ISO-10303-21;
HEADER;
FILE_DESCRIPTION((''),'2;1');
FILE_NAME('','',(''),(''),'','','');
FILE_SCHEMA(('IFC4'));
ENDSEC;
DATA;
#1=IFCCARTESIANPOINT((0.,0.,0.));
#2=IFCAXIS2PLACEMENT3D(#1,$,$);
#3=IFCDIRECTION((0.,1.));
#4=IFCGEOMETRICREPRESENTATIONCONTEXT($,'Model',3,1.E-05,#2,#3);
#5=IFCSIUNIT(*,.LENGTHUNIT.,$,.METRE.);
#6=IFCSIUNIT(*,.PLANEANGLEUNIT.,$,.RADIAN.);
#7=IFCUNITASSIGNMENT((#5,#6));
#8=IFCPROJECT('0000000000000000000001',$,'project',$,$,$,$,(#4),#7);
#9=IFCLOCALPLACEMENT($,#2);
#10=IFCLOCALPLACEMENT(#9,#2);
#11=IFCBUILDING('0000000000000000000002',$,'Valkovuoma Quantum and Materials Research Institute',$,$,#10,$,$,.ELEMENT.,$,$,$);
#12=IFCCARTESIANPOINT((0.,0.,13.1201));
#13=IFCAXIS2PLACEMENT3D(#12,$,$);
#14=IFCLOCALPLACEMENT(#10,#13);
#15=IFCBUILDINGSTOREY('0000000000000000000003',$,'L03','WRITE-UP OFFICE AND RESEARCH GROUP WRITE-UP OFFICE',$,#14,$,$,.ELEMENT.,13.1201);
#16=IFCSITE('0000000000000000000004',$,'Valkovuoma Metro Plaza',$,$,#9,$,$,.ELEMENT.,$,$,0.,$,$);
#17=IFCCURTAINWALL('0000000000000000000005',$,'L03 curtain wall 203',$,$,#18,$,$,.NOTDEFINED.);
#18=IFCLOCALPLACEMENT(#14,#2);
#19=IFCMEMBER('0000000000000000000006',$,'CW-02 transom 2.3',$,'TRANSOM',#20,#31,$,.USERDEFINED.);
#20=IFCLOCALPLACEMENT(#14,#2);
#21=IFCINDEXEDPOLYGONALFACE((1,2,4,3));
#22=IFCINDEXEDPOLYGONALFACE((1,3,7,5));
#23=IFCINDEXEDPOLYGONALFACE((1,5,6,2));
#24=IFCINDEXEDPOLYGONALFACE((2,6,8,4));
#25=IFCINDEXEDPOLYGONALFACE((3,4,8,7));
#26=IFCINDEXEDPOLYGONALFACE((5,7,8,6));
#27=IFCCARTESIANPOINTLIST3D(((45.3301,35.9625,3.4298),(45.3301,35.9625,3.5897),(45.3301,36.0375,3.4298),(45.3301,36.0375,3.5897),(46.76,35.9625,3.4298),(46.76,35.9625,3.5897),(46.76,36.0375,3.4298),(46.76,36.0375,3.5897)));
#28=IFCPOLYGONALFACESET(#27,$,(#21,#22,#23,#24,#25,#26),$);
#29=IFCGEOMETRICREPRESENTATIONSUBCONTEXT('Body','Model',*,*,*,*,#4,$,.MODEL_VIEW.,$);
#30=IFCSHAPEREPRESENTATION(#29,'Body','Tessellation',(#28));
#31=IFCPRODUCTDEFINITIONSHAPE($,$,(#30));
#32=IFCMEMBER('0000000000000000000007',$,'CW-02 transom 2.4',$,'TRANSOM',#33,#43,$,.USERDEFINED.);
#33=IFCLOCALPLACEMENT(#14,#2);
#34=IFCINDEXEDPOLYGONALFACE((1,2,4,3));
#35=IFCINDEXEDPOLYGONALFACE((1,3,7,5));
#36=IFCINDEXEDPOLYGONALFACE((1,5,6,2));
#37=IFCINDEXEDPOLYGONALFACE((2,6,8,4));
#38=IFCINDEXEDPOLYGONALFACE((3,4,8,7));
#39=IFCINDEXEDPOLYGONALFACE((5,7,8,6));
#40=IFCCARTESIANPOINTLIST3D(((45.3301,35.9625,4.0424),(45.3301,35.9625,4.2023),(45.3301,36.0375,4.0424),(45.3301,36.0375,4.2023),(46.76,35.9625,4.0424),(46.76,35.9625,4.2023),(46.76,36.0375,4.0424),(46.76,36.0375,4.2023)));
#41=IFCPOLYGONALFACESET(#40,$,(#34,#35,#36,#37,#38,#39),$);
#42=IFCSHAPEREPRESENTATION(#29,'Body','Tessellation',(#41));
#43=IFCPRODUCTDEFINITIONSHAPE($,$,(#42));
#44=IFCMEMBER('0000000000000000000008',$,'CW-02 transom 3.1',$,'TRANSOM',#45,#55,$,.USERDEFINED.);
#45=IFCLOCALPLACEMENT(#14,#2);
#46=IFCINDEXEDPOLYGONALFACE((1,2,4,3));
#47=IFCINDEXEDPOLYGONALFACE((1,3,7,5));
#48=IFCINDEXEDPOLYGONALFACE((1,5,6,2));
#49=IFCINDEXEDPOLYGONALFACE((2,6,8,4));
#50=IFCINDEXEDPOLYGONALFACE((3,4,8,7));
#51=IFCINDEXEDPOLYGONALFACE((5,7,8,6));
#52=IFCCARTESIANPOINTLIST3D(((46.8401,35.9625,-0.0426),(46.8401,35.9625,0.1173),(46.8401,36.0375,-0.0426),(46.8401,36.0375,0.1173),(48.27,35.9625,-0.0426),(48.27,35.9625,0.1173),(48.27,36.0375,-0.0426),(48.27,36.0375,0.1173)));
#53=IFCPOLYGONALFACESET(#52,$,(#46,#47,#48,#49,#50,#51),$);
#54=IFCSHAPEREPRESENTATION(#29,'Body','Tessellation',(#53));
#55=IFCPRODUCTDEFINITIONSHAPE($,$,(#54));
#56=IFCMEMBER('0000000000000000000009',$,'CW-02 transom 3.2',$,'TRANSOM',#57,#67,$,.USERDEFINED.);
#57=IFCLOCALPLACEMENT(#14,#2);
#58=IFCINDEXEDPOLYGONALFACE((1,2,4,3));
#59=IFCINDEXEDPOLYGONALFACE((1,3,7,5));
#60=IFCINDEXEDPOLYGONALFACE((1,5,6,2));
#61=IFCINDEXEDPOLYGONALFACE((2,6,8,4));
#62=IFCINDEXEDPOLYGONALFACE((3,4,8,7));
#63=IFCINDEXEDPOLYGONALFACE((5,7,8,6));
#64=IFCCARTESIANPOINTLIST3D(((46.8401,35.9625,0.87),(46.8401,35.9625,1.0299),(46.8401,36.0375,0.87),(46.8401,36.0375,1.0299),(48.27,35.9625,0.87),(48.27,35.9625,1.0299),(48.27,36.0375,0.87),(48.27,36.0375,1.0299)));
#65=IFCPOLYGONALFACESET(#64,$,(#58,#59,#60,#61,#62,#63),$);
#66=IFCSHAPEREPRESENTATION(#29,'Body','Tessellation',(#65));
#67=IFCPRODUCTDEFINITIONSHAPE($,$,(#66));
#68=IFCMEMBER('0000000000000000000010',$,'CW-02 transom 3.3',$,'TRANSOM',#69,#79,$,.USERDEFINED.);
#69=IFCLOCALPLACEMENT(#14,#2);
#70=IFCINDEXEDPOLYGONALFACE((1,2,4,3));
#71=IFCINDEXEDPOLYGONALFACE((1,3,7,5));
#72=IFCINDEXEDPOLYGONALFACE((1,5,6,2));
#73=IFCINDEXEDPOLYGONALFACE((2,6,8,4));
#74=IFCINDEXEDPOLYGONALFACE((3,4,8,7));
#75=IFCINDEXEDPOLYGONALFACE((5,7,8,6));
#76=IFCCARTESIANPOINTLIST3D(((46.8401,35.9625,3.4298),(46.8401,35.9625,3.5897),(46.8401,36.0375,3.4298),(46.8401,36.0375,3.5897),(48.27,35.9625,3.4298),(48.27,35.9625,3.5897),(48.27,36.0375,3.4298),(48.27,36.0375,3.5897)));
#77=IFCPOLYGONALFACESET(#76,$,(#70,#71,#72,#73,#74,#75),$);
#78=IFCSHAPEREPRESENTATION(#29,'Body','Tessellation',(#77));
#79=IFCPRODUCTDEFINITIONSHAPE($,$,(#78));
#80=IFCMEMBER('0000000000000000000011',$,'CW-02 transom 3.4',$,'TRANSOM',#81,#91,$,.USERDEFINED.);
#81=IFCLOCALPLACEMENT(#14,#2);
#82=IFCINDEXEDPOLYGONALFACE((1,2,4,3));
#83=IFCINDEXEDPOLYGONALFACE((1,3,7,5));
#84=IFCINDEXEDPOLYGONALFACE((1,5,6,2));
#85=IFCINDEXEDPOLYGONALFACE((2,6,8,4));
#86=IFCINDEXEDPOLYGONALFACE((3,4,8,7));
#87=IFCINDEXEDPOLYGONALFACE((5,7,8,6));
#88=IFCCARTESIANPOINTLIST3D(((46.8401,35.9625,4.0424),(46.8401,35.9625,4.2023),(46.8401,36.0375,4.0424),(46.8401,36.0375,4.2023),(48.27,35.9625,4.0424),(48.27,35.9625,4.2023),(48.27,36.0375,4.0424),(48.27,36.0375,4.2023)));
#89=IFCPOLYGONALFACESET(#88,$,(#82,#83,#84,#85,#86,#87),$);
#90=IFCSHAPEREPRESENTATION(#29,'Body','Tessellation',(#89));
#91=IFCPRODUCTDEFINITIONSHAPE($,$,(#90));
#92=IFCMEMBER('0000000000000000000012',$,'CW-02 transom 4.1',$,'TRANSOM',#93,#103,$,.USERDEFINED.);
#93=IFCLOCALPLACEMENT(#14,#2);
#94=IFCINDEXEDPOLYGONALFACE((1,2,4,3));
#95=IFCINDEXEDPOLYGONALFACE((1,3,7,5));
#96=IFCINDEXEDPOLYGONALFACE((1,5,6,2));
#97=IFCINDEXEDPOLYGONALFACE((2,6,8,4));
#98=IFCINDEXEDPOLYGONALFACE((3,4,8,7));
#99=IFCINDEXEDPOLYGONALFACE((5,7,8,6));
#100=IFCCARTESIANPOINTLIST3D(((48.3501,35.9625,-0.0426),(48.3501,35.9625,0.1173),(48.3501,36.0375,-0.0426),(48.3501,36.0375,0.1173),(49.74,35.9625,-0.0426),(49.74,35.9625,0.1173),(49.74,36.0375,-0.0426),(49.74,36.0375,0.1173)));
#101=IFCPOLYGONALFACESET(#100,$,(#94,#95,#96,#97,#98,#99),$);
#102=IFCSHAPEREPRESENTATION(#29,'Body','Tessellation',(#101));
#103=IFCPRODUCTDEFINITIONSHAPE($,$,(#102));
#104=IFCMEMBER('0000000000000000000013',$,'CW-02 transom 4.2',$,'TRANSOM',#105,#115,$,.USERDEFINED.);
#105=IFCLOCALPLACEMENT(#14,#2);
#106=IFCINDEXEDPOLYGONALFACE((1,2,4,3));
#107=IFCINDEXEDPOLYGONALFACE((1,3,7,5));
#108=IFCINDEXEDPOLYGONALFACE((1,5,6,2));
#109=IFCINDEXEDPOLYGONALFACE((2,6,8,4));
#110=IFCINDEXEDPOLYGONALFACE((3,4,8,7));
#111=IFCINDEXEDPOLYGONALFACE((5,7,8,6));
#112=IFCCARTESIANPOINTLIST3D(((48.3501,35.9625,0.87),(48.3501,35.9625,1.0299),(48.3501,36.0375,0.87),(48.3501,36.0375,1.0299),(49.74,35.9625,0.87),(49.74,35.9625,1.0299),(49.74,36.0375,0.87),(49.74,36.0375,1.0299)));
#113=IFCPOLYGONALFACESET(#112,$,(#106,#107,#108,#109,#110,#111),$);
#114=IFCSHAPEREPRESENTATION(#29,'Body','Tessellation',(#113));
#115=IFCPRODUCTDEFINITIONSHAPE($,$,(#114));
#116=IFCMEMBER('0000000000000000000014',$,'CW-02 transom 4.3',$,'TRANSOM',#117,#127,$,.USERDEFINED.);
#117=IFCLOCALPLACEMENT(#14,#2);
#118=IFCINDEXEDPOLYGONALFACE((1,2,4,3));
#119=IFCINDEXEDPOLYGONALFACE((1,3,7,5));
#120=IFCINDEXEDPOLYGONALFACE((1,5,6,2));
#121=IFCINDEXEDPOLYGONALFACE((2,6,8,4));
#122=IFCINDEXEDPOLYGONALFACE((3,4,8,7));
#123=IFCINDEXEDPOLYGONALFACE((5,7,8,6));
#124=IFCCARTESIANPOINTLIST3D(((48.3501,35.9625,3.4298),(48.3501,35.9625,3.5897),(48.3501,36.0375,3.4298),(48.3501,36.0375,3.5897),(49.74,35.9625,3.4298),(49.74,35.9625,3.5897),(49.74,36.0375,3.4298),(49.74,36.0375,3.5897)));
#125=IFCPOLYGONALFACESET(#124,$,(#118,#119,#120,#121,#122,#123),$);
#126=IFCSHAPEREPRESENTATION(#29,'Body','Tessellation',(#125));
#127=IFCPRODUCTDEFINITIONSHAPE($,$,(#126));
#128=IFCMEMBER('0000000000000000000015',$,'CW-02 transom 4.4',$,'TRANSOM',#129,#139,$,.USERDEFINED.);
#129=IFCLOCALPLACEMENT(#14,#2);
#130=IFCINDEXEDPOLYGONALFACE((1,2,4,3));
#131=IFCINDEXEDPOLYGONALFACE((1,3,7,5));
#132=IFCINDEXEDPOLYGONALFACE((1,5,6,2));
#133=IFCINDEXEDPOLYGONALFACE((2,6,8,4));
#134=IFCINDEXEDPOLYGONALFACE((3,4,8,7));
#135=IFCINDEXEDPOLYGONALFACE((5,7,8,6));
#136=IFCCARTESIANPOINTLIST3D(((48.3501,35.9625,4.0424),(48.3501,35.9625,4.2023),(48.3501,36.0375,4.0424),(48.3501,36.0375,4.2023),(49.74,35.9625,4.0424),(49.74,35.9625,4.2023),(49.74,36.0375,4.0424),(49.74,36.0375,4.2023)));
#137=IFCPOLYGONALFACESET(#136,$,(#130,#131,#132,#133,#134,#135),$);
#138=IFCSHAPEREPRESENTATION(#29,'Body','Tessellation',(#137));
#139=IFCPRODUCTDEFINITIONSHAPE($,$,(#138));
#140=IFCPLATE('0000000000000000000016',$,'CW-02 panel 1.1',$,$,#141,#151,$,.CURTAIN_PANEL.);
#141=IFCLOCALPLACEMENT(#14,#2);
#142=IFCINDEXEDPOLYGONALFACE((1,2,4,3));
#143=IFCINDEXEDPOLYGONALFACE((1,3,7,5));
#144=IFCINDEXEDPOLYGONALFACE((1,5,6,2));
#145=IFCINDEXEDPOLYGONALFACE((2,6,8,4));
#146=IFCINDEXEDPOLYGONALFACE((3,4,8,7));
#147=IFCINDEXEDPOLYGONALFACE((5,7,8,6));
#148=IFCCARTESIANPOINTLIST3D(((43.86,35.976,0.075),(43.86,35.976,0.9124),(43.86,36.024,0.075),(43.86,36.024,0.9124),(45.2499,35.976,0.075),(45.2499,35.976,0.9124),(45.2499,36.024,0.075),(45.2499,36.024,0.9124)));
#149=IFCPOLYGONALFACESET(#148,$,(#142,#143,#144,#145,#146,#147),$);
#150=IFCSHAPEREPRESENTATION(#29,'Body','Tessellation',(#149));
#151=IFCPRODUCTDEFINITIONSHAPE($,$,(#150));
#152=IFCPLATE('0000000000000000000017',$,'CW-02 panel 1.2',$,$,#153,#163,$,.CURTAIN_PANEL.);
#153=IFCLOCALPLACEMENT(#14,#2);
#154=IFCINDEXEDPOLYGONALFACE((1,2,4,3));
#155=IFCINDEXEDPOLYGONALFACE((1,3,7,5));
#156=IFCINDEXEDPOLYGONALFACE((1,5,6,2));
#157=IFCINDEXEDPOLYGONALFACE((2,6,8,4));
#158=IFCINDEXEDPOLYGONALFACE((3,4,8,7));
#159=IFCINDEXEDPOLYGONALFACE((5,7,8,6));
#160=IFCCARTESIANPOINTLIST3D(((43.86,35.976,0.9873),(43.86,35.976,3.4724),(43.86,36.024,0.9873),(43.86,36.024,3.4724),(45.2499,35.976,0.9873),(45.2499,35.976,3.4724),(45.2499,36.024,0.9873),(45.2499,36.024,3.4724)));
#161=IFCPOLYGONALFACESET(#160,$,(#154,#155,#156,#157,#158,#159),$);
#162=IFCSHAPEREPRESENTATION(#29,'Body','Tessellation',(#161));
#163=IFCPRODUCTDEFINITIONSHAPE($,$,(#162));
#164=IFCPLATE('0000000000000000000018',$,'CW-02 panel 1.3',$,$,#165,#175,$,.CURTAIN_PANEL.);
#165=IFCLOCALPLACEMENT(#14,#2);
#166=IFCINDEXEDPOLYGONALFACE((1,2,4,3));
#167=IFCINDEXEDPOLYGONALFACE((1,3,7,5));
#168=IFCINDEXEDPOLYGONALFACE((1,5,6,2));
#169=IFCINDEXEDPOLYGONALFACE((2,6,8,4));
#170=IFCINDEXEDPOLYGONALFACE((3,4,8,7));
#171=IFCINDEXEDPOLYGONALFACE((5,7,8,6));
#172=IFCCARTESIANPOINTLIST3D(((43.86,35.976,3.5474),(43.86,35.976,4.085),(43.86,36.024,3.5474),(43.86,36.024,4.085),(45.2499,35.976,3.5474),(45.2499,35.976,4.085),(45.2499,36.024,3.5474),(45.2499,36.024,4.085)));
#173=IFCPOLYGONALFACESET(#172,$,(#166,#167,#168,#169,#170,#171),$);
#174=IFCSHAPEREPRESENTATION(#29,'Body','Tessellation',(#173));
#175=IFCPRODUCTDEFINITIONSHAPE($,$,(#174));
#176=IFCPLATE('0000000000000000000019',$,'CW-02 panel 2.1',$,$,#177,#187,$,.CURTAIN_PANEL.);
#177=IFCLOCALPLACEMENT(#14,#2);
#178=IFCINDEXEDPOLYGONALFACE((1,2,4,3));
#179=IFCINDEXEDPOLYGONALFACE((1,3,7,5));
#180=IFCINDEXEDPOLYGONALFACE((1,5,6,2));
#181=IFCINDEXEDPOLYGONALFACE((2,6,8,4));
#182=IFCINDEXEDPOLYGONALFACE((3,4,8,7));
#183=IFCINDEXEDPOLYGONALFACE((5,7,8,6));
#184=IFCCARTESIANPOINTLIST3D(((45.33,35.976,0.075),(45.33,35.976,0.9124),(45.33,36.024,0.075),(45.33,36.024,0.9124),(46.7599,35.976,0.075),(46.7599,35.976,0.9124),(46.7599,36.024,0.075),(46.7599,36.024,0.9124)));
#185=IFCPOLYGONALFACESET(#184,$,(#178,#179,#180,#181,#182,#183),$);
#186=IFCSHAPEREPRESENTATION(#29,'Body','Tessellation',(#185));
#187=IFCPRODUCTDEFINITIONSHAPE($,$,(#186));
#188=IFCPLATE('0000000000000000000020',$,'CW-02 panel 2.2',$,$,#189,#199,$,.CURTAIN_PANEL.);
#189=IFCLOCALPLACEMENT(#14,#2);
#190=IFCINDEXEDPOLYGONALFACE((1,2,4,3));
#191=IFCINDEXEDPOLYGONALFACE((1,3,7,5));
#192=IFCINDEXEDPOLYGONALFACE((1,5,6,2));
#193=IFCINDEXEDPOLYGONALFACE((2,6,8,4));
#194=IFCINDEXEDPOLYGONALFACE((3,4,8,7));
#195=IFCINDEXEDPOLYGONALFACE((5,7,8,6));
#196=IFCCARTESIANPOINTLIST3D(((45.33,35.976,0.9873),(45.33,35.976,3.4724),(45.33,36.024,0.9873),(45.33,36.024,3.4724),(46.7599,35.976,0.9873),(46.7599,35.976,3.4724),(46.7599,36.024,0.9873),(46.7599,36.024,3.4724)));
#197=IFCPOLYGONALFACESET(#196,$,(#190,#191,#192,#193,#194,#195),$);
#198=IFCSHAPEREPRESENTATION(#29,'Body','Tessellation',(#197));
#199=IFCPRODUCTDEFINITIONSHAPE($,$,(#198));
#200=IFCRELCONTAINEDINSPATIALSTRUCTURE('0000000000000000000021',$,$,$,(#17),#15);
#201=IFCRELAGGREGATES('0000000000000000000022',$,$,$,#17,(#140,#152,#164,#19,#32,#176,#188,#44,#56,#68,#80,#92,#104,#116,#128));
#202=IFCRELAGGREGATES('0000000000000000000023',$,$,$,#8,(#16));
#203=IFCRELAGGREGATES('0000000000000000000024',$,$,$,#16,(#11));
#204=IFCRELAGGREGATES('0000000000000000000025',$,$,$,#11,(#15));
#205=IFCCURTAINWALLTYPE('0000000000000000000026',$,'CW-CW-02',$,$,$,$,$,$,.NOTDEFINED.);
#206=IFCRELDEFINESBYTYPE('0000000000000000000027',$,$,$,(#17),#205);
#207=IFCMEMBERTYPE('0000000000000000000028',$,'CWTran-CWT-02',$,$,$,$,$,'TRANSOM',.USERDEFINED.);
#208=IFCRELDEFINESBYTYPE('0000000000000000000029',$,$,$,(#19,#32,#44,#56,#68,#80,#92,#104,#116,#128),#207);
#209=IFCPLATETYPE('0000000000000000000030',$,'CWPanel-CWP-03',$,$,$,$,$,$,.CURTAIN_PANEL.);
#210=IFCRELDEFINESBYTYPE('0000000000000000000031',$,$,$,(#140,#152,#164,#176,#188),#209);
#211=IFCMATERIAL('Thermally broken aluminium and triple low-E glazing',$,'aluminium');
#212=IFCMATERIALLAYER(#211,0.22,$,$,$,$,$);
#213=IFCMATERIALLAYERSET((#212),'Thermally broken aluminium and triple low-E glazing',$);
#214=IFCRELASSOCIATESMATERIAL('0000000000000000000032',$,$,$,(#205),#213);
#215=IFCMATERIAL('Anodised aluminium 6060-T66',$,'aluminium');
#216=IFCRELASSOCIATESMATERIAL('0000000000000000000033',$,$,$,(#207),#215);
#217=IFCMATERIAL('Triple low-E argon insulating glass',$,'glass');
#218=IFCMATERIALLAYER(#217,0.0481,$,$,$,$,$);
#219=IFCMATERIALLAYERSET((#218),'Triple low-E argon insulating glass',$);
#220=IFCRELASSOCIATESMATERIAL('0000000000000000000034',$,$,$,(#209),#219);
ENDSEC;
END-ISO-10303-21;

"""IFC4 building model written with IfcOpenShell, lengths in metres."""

from ifc_helpers import new_model, si_unit, direction, frame, origin, origin_2d, place, context, subcontext, project, spatial, rectangle, extrude, material, layer, layer_set, material_profile, profile_set, type_object, element, aggregate, save


model = new_model("IFC4")

# Units and contexts
model_context = context("Model", 3, precision=1e-05, world=origin(), true_north=direction((0.0, 1.0)))
body_context = subcontext(model_context, "Body", "Model", "MODEL_VIEW")
ifc_project = project(units=[si_unit("LENGTHUNIT", "METRE"), si_unit("PLANEANGLEUNIT", "RADIAN")], contexts=[model_context])

# Site, building, storey
site_placement = place(None, origin())
site = spatial("IfcSite", under=ifc_project, at=site_placement, Name="Valkovuoma Metro Plaza", CompositionType="ELEMENT", RefElevation=0.0)
building_placement = place(site_placement, origin())
building = spatial("IfcBuilding", under=site, at=building_placement, Name="Valkovuoma Quantum and Materials Research Institute", CompositionType="ELEMENT")
storey_placement = place(building_placement, frame((0.0, 0.0, 13.1201)))
storey = spatial("IfcBuildingStorey", under=building, at=storey_placement, Name="L03", Description="WRITE-UP OFFICE AND RESEARCH GROUP WRITE-UP OFFICE", CompositionType="ELEMENT", Elevation=13.1201)

# Curtain wall, members, plates
ifc_material_1 = material(Name="Thermally broken aluminium and triple low-E glazing", Category="aluminium")
ifc_layer_1 = layer(ifc_material_1, 0.22)
ifc_layer_set_1 = layer_set([ifc_layer_1], Name="Thermally broken aluminium and triple low-E glazing")
curtain_wall_type = type_object("IfcCurtainWallType", Name="CW-CW-02", PredefinedType="NOTDEFINED", material=ifc_layer_set_1)
curtain_wall_placement = place(storey_placement, origin())
curtain_wall = element("IfcCurtainWall", 1, at=curtain_wall_placement, inside=storey, type_object=curtain_wall_type, Name="L03 curtain wall 203", PredefinedType="NOTDEFINED")
ifc_material_2 = material(Name="Anodised aluminium 6060-T66", Category="aluminium")
ifc_material_profile_1 = material_profile(ifc_material_2, rectangle(XDim=0.075, YDim=0.1599, at=origin_2d()), Name="Anodised aluminium 6060-T66")
ifc_profile_set_1 = profile_set([ifc_material_profile_1], Name="Anodised aluminium 6060-T66")
member_type_1 = type_object("IfcMemberType", Name="CWTran-CWT-02", ElementType="TRANSOM", PredefinedType="USERDEFINED", material=ifc_profile_set_1)
member_1_placement = place(storey_placement, frame((45.3301, 36.0, 3.5098), z_axis=(1.0, 0.0, 0.0), x_axis=(0.0, 1.0, 0.0)))
member_1 = element("IfcMember", 2, at=member_1_placement, type_object=member_type_1, Name="CW-02 transom 2.3", ObjectType="TRANSOM", PredefinedType="USERDEFINED", context=body_context, shape_type="SweptSolid", body=[
    extrude(rectangle(XDim=0.075, YDim=0.1599, at=origin_2d()), origin(), (0.0, 0.0, 1.0), 1.4299),
])
member_2_placement = place(storey_placement, frame((45.3301, 36.0, 4.1223), z_axis=(1.0, 0.0, 0.0), x_axis=(0.0, 1.0, 0.0)))
member_2 = element("IfcMember", 3, at=member_2_placement, type_object=member_type_1, Name="CW-02 transom 2.4", ObjectType="TRANSOM", PredefinedType="USERDEFINED", context=body_context, shape_type="SweptSolid", body=[
    extrude(rectangle(XDim=0.075, YDim=0.1599, at=origin_2d()), origin(), (0.0, 0.0, 1.0), 1.4299),
])
member_3_placement = place(storey_placement, frame((46.8401, 36.0, 0.0374), z_axis=(1.0, 0.0, 0.0), x_axis=(0.0, 1.0, 0.0)))
member_3 = element("IfcMember", 4, at=member_3_placement, type_object=member_type_1, Name="CW-02 transom 3.1", ObjectType="TRANSOM", PredefinedType="USERDEFINED", context=body_context, shape_type="SweptSolid", body=[
    extrude(rectangle(XDim=0.075, YDim=0.1599, at=origin_2d()), origin(), (0.0, 0.0, 1.0), 1.4299),
])
member_4_placement = place(storey_placement, frame((46.8401, 36.0, 0.95), z_axis=(1.0, 0.0, 0.0), x_axis=(0.0, 1.0, 0.0)))
member_4 = element("IfcMember", 5, at=member_4_placement, type_object=member_type_1, Name="CW-02 transom 3.2", ObjectType="TRANSOM", PredefinedType="USERDEFINED", context=body_context, shape_type="SweptSolid", body=[
    extrude(rectangle(XDim=0.075, YDim=0.1599, at=origin_2d()), origin(), (0.0, 0.0, 1.0), 1.4299),
])
member_5_placement = place(storey_placement, frame((46.8401, 36.0, 3.5098), z_axis=(1.0, 0.0, 0.0), x_axis=(0.0, 1.0, 0.0)))
member_5 = element("IfcMember", 6, at=member_5_placement, type_object=member_type_1, Name="CW-02 transom 3.3", ObjectType="TRANSOM", PredefinedType="USERDEFINED", context=body_context, shape_type="SweptSolid", body=[
    extrude(rectangle(XDim=0.075, YDim=0.1599, at=origin_2d()), origin(), (0.0, 0.0, 1.0), 1.4299),
])
member_6_placement = place(storey_placement, frame((46.8401, 36.0, 4.1223), z_axis=(1.0, 0.0, 0.0), x_axis=(0.0, 1.0, 0.0)))
member_6 = element("IfcMember", 7, at=member_6_placement, type_object=member_type_1, Name="CW-02 transom 3.4", ObjectType="TRANSOM", PredefinedType="USERDEFINED", context=body_context, shape_type="SweptSolid", body=[
    extrude(rectangle(XDim=0.075, YDim=0.1599, at=origin_2d()), origin(), (0.0, 0.0, 1.0), 1.4299),
])
member_7_placement = place(storey_placement, frame((48.3501, 36.0, 0.0374), z_axis=(1.0, 0.0, 0.0), x_axis=(0.0, 1.0, 0.0)))
member_7 = element("IfcMember", 8, at=member_7_placement, type_object=member_type_1, Name="CW-02 transom 4.1", ObjectType="TRANSOM", PredefinedType="USERDEFINED", context=body_context, shape_type="SweptSolid", body=[
    extrude(rectangle(XDim=0.075, YDim=0.1599, at=origin_2d()), origin(), (0.0, 0.0, 1.0), 1.3899),
])
member_8_placement = place(storey_placement, frame((48.3501, 36.0, 0.95), z_axis=(1.0, 0.0, 0.0), x_axis=(0.0, 1.0, 0.0)))
member_8 = element("IfcMember", 9, at=member_8_placement, type_object=member_type_1, Name="CW-02 transom 4.2", ObjectType="TRANSOM", PredefinedType="USERDEFINED", context=body_context, shape_type="SweptSolid", body=[
    extrude(rectangle(XDim=0.075, YDim=0.1599, at=origin_2d()), origin(), (0.0, 0.0, 1.0), 1.3899),
])
member_9_placement = place(storey_placement, frame((48.3501, 36.0, 3.5098), z_axis=(1.0, 0.0, 0.0), x_axis=(0.0, 1.0, 0.0)))
member_9 = element("IfcMember", 10, at=member_9_placement, type_object=member_type_1, Name="CW-02 transom 4.3", ObjectType="TRANSOM", PredefinedType="USERDEFINED", context=body_context, shape_type="SweptSolid", body=[
    extrude(rectangle(XDim=0.075, YDim=0.1599, at=origin_2d()), origin(), (0.0, 0.0, 1.0), 1.3899),
])
member_10_placement = place(storey_placement, frame((48.3501, 36.0, 4.1223), z_axis=(1.0, 0.0, 0.0), x_axis=(0.0, 1.0, 0.0)))
member_10 = element("IfcMember", 11, at=member_10_placement, type_object=member_type_1, Name="CW-02 transom 4.4", ObjectType="TRANSOM", PredefinedType="USERDEFINED", context=body_context, shape_type="SweptSolid", body=[
    extrude(rectangle(XDim=0.075, YDim=0.1599, at=origin_2d()), origin(), (0.0, 0.0, 1.0), 1.3899),
])
ifc_material_3 = material(Name="Triple low-E argon insulating glass", Category="glass")
ifc_layer_2 = layer(ifc_material_3, 0.0481)
ifc_layer_set_2 = layer_set([ifc_layer_2], Name="Triple low-E argon insulating glass")
plate_type_1 = type_object("IfcPlateType", Name="CWPanel-CWP-03", PredefinedType="CURTAIN_PANEL", material=ifc_layer_set_2)
plate_1_placement = place(storey_placement, frame((44.5549, 36.0, 0.075), z_axis=(0.0, 0.0, 1.0), x_axis=(1.0, 0.0, 0.0)))
plate_1 = element("IfcPlate", 12, at=plate_1_placement, type_object=plate_type_1, Name="CW-02 panel 1.1", PredefinedType="CURTAIN_PANEL", context=body_context, shape_type="SweptSolid", body=[
    extrude(rectangle(XDim=1.3899, YDim=0.0481, at=origin_2d()), origin(), (0.0, 0.0, 1.0), 0.8374),
])
plate_2_placement = place(storey_placement, frame((44.5549, 36.0, 0.9873), z_axis=(0.0, 0.0, 1.0), x_axis=(1.0, 0.0, 0.0)))
plate_2 = element("IfcPlate", 13, at=plate_2_placement, type_object=plate_type_1, Name="CW-02 panel 1.2", PredefinedType="CURTAIN_PANEL", context=body_context, shape_type="SweptSolid", body=[
    extrude(rectangle(XDim=1.3899, YDim=0.0481, at=origin_2d()), origin(), (0.0, 0.0, 1.0), 2.4851),
])
plate_3_placement = place(storey_placement, frame((44.5549, 36.0, 3.5474), z_axis=(0.0, 0.0, 1.0), x_axis=(1.0, 0.0, 0.0)))
plate_3 = element("IfcPlate", 14, at=plate_3_placement, type_object=plate_type_1, Name="CW-02 panel 1.3", PredefinedType="CURTAIN_PANEL", context=body_context, shape_type="SweptSolid", body=[
    extrude(rectangle(XDim=1.3899, YDim=0.0481, at=origin_2d()), origin(), (0.0, 0.0, 1.0), 0.5376),
])
plate_4_placement = place(storey_placement, frame((46.0449, 36.0, 0.075), z_axis=(0.0, 0.0, 1.0), x_axis=(1.0, 0.0, 0.0)))
plate_4 = element("IfcPlate", 15, at=plate_4_placement, type_object=plate_type_1, Name="CW-02 panel 2.1", PredefinedType="CURTAIN_PANEL", context=body_context, shape_type="SweptSolid", body=[
    extrude(rectangle(XDim=1.4299, YDim=0.0481, at=origin_2d()), origin(), (0.0, 0.0, 1.0), 0.8374),
])
plate_5_placement = place(storey_placement, frame((46.0449, 36.0, 0.9873), z_axis=(0.0, 0.0, 1.0), x_axis=(1.0, 0.0, 0.0)))
plate_5 = element("IfcPlate", 16, at=plate_5_placement, type_object=plate_type_1, Name="CW-02 panel 2.2", PredefinedType="CURTAIN_PANEL", context=body_context, shape_type="SweptSolid", body=[
    extrude(rectangle(XDim=1.4299, YDim=0.0481, at=origin_2d()), origin(), (0.0, 0.0, 1.0), 2.4851),
])
aggregate(curtain_wall, [plate_1, plate_2, plate_3, member_1, member_2, plate_4, plate_5, member_3, member_4, member_5, member_6, member_7, member_8, member_9, member_10])

save(model, "model.ifc")
